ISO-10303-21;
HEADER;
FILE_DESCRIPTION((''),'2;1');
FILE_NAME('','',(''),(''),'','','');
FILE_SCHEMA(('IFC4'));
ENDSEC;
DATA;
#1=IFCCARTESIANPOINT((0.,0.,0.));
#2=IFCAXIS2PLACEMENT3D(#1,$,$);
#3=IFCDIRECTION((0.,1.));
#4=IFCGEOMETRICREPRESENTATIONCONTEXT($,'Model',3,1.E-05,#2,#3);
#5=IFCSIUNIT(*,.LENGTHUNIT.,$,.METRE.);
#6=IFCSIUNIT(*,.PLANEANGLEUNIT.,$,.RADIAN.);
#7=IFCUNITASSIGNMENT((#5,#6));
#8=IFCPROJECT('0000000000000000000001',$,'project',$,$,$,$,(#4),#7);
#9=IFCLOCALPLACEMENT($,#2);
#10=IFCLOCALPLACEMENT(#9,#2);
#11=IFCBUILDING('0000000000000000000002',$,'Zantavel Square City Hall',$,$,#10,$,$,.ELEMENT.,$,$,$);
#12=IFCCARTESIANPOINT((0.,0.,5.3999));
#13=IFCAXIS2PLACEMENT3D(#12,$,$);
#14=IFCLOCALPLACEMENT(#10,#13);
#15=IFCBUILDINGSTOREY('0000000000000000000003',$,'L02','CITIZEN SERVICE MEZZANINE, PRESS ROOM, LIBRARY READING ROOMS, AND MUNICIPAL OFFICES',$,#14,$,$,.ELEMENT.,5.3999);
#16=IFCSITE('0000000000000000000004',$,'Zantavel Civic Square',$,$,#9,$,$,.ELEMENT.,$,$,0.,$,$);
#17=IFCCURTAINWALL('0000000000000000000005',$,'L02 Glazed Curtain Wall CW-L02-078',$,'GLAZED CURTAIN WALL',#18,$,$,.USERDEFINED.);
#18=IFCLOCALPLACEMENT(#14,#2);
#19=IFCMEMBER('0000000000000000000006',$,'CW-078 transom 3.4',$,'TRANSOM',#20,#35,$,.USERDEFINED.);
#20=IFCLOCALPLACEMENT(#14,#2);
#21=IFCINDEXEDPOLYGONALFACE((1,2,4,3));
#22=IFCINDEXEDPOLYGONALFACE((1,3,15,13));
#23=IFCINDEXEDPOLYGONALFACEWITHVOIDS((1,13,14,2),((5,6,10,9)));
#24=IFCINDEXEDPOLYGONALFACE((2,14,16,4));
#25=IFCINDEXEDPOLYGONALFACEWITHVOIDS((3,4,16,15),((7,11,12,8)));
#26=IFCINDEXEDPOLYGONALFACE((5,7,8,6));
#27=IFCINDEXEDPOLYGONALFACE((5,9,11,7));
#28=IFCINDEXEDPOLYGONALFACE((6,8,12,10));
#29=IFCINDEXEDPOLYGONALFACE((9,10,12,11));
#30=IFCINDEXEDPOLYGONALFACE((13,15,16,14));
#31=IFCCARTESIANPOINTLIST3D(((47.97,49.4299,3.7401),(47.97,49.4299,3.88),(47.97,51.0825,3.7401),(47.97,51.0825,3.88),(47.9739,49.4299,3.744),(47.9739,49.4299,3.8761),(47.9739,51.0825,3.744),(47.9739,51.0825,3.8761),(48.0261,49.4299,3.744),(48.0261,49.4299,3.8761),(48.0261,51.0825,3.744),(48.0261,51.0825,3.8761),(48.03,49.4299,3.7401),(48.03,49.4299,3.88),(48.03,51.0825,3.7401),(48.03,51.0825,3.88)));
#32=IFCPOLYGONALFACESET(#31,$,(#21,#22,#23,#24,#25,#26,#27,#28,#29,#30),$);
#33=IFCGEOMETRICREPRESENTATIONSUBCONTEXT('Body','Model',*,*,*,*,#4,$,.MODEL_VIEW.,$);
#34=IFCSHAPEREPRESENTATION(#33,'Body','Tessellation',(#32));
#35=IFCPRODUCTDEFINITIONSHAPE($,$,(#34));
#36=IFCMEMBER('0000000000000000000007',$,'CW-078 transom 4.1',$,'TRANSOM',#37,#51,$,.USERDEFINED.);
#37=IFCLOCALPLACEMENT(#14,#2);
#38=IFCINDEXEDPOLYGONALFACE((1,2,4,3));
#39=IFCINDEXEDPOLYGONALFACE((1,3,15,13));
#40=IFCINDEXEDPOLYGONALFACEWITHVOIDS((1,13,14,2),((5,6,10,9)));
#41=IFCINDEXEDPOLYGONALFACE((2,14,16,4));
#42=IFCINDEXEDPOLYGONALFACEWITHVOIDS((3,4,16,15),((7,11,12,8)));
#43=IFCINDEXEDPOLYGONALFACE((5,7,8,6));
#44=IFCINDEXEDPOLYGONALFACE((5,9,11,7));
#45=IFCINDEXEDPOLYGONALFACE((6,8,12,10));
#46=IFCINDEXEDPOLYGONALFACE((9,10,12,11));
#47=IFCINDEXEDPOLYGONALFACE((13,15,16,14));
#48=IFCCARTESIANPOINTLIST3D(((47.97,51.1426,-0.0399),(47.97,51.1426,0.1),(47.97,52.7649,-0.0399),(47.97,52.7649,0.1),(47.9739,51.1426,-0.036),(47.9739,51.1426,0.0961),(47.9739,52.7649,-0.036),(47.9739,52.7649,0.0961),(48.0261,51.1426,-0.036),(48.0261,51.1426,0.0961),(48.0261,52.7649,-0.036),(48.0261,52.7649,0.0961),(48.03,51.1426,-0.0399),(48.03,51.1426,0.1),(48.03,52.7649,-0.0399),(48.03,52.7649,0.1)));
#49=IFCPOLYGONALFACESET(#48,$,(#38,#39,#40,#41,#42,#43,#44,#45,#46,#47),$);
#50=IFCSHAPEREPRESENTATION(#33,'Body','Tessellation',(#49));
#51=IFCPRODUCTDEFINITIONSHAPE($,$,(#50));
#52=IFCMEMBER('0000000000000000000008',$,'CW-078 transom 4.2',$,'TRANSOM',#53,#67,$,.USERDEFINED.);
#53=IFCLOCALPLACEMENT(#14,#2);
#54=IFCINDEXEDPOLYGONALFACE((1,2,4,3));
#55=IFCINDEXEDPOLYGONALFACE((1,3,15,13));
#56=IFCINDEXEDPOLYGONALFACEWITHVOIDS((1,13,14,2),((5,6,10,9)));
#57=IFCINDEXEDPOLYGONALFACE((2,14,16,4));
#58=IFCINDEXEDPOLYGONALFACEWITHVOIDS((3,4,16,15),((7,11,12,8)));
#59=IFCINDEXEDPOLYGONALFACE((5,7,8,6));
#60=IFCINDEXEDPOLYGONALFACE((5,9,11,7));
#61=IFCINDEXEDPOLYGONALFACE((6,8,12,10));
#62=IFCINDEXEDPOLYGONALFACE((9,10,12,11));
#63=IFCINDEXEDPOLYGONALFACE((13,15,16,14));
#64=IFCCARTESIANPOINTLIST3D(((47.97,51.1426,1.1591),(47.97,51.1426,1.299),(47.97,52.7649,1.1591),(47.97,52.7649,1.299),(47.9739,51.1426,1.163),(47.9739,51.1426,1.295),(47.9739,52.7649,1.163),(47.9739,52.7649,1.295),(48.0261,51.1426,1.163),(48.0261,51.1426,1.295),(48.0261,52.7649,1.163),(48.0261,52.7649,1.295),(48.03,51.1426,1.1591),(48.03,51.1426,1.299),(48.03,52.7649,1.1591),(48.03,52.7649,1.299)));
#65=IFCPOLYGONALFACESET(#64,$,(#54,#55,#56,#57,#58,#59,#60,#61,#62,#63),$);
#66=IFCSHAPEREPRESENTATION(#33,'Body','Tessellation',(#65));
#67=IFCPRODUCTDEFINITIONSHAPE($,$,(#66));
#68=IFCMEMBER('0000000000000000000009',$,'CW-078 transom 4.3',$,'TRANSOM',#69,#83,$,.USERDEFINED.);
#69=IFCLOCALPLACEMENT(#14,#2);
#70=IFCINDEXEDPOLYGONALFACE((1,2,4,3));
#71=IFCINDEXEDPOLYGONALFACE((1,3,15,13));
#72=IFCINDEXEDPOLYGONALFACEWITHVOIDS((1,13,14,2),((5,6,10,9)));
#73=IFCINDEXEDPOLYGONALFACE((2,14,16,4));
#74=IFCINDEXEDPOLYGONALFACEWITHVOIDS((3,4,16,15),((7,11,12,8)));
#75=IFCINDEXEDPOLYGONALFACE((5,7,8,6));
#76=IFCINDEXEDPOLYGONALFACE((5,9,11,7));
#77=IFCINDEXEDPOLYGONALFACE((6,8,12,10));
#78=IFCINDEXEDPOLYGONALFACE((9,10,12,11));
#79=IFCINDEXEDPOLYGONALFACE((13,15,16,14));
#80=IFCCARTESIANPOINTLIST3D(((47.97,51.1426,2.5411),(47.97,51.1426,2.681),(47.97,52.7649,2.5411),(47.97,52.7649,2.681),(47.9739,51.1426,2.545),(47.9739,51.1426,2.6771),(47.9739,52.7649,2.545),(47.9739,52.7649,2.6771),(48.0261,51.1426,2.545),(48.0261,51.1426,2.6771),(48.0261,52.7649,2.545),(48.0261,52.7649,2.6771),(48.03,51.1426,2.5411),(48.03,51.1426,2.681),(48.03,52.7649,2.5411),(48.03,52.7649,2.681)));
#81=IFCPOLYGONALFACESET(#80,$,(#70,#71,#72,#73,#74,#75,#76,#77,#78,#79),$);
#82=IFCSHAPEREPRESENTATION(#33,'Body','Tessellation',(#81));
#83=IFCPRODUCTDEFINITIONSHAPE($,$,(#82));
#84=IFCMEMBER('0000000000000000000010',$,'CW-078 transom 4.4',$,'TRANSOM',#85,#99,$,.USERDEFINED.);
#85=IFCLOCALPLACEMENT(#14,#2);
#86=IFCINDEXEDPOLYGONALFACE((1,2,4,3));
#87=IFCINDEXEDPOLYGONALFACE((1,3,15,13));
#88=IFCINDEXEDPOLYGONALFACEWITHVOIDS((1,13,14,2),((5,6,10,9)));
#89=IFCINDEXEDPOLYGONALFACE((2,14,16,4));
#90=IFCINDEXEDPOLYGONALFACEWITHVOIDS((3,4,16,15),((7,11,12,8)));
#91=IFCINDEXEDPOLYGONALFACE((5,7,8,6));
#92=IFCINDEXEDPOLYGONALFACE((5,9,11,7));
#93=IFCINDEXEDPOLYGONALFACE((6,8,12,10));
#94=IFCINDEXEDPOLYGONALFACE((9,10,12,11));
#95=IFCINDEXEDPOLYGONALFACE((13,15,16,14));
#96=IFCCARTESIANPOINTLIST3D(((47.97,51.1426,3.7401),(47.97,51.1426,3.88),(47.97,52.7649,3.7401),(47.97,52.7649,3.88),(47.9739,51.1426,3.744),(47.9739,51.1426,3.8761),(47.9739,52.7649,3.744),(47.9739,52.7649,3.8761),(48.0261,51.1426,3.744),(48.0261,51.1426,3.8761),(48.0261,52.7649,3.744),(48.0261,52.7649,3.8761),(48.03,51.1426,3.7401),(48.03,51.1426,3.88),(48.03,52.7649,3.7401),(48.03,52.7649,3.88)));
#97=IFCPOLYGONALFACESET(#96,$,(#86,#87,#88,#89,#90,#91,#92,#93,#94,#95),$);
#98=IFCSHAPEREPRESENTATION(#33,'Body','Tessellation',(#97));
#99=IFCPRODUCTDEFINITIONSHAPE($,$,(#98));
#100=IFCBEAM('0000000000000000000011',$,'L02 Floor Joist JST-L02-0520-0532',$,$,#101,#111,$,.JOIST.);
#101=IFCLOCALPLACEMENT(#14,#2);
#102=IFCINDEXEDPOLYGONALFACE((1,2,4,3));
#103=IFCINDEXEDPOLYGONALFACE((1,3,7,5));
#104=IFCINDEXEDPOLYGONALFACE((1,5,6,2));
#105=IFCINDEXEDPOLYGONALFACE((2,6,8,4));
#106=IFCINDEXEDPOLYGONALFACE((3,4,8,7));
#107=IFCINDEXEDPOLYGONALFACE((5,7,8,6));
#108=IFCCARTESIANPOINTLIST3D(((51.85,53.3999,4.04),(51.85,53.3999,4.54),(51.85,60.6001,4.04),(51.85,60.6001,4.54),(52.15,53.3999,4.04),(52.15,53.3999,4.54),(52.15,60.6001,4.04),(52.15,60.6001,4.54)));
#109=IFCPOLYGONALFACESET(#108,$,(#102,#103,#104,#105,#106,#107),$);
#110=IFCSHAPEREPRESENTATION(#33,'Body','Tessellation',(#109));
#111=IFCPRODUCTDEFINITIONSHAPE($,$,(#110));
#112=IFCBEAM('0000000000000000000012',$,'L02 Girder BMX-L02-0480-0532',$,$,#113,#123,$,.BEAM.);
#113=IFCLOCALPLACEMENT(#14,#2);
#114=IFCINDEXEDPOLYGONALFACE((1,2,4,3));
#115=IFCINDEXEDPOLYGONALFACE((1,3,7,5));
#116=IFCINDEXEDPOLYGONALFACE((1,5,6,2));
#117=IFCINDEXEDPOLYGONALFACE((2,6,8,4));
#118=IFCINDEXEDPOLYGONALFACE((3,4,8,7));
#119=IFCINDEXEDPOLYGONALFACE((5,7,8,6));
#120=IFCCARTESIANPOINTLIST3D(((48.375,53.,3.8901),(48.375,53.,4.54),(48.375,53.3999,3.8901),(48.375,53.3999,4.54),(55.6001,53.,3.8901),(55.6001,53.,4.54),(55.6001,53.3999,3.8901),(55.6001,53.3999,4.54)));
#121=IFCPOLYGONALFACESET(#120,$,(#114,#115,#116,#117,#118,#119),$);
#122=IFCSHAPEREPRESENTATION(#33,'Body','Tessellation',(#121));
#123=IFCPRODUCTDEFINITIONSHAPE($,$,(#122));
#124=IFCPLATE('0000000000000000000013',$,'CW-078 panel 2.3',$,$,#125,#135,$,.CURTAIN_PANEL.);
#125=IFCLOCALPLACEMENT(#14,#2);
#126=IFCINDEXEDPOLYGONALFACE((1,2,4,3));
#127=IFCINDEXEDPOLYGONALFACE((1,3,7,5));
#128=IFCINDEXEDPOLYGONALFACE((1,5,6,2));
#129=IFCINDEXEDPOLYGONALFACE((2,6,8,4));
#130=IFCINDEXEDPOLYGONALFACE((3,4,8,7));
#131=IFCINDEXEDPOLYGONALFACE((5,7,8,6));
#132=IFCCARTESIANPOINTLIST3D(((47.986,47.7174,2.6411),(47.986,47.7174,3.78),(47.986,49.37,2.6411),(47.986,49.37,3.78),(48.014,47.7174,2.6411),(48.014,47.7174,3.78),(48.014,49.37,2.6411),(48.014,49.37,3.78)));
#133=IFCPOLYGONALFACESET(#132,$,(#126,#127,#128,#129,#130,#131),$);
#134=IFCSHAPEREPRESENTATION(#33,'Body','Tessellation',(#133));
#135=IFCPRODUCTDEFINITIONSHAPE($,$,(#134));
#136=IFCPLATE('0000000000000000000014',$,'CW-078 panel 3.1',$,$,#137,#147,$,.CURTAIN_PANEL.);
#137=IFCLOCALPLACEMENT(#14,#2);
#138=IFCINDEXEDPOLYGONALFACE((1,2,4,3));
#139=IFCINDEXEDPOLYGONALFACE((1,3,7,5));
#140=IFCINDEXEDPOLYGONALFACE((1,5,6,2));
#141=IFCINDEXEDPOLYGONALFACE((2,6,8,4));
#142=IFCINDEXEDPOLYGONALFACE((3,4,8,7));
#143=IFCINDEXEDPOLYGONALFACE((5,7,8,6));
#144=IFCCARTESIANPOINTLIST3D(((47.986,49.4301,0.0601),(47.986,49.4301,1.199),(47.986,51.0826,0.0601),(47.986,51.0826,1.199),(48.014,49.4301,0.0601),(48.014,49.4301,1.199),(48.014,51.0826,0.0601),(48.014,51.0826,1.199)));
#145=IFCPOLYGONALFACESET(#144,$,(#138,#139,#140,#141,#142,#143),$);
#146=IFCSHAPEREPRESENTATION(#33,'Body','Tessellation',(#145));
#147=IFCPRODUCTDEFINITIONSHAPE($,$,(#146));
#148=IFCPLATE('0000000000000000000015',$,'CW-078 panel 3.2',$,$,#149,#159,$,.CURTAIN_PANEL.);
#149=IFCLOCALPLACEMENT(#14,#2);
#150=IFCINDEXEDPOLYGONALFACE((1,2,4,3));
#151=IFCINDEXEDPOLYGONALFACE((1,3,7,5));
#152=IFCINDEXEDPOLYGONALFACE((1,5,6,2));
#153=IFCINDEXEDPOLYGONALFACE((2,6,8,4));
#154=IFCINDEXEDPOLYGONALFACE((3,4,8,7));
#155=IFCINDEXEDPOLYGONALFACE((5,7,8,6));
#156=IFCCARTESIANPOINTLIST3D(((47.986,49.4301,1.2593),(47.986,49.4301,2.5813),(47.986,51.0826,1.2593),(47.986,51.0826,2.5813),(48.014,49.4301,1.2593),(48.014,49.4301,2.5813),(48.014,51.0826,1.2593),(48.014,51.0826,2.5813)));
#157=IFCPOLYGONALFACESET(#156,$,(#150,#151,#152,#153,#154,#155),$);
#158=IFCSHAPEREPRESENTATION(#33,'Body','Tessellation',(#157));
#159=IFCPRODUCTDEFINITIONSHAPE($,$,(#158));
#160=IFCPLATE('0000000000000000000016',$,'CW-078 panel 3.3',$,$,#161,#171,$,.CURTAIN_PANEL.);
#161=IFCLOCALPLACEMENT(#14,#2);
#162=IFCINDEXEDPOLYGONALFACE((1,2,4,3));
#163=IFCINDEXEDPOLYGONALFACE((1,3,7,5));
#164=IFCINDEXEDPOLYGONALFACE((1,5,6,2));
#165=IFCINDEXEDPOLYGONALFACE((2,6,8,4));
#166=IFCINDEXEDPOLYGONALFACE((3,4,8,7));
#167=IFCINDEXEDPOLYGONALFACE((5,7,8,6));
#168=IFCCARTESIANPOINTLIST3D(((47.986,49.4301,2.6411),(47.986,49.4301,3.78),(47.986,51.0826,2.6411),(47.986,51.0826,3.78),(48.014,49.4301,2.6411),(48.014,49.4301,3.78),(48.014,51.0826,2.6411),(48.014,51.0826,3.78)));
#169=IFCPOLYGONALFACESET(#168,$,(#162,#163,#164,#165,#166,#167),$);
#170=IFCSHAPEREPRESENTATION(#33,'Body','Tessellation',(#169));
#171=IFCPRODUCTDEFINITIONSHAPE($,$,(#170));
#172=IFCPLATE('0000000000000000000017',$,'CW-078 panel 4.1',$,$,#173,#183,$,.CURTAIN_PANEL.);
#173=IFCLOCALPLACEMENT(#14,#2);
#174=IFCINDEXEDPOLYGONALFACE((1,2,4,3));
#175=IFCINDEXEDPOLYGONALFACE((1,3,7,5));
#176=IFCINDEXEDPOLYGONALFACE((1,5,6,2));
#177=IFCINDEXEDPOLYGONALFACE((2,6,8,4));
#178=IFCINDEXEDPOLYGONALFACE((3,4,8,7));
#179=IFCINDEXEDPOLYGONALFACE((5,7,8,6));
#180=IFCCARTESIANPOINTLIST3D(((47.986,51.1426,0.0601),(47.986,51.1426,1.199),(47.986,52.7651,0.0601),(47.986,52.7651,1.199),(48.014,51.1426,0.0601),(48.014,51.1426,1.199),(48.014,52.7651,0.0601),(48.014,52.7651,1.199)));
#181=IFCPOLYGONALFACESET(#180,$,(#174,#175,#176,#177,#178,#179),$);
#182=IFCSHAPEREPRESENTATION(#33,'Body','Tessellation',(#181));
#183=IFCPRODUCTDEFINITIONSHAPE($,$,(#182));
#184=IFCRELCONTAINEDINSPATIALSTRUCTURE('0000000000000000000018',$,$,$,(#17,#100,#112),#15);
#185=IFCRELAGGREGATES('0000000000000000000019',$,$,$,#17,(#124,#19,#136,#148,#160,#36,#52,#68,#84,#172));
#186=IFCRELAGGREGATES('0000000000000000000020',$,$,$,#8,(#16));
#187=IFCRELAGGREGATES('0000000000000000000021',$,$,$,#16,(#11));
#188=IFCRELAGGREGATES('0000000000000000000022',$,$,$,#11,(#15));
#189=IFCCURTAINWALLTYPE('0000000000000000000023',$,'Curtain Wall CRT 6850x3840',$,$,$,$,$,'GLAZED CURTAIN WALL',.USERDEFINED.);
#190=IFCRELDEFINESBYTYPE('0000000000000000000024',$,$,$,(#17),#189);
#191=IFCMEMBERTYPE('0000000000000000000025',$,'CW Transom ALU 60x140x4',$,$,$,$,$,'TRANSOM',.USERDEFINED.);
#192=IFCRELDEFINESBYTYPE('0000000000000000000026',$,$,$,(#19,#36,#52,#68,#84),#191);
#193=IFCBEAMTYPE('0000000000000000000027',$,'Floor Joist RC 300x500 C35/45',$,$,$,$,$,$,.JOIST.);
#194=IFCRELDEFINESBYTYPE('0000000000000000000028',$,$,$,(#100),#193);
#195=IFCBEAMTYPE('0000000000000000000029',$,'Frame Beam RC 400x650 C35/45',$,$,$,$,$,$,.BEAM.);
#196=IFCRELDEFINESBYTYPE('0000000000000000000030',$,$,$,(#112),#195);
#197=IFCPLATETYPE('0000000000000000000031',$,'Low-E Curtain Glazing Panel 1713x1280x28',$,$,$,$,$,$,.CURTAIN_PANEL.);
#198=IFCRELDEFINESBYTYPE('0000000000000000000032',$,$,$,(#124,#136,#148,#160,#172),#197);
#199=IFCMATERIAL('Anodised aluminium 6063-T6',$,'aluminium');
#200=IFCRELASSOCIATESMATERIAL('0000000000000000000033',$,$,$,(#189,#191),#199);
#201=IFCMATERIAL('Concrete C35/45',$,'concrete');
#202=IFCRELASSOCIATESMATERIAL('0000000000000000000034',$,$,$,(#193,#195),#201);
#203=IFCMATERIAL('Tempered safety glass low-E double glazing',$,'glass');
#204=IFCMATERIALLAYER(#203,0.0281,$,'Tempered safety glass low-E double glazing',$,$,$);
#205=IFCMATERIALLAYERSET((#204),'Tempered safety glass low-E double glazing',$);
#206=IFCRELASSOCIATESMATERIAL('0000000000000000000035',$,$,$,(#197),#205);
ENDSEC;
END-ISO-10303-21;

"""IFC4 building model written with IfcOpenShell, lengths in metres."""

from ifc_helpers import new_model, si_unit, direction, frame, origin, origin_2d, place, context, subcontext, project, spatial, rectangle, hollow_rectangle, extrude, material, layer, layer_set, material_profile, profile_set, type_object, element, aggregate, save


model = new_model("IFC4")

# Units and contexts
model_context = context("Model", 3, precision=1e-05, world=origin(), true_north=direction((0.0, 1.0)))
body_context = subcontext(model_context, "Body", "Model", "MODEL_VIEW")
ifc_project = project(units=[si_unit("LENGTHUNIT", "METRE"), si_unit("PLANEANGLEUNIT", "RADIAN")], contexts=[model_context])

# Site, building, storey
site_placement = place(None, origin())
site = spatial("IfcSite", under=ifc_project, at=site_placement, Name="Zantavel Civic Square", CompositionType="ELEMENT", RefElevation=0.0)
building_placement = place(site_placement, origin())
building = spatial("IfcBuilding", under=site, at=building_placement, Name="Zantavel Square City Hall", CompositionType="ELEMENT")
storey_placement = place(building_placement, frame((0.0, 0.0, 5.3999)))
storey = spatial("IfcBuildingStorey", under=building, at=storey_placement, Name="L02", Description="CITIZEN SERVICE MEZZANINE, PRESS ROOM, LIBRARY READING ROOMS, AND MUNICIPAL OFFICES", CompositionType="ELEMENT", Elevation=5.3999)

# Curtain wall, members
ifc_material_1 = material(Name="Anodised aluminium 6063-T6", Category="aluminium")
curtain_wall_type = type_object("IfcCurtainWallType", Name="Curtain Wall CRT 6850x3840", ElementType="GLAZED CURTAIN WALL", PredefinedType="USERDEFINED", material=ifc_material_1)
curtain_wall_placement = place(storey_placement, origin())
curtain_wall = element("IfcCurtainWall", 1, at=curtain_wall_placement, inside=storey, type_object=curtain_wall_type, Name="L02 Glazed Curtain Wall CW-L02-078", ObjectType="GLAZED CURTAIN WALL", PredefinedType="USERDEFINED")
ifc_material_profile_1 = material_profile(ifc_material_1, hollow_rectangle(XDim=0.0601, YDim=0.1399, WallThickness=0.0039, at=origin_2d()), Name="ALU 60x140x4")
ifc_profile_set_1 = profile_set([ifc_material_profile_1], Name="Anodised aluminium 6063-T6")
member_type_1 = type_object("IfcMemberType", Name="CW Transom ALU 60x140x4", ElementType="TRANSOM", PredefinedType="USERDEFINED", material=ifc_profile_set_1)
member_1_placement = place(storey_placement, frame((48.0, 49.4299, 3.8101), z_axis=(0.0, 1.0, 0.0), x_axis=(-1.0, 0.0, 0.0)))
member_1 = element("IfcMember", 2, at=member_1_placement, type_object=member_type_1, Name="CW-078 transom 3.4", ObjectType="TRANSOM", PredefinedType="USERDEFINED", context=body_context, shape_type="SweptSolid", body=[
    extrude(hollow_rectangle(XDim=0.0601, YDim=0.1399, WallThickness=0.0039, at=origin_2d()), origin(), (0.0, 0.0, 1.0), 1.6526),
])
member_2_placement = place(storey_placement, frame((48.0, 51.1426, 0.03), z_axis=(0.0, 1.0, 0.0), x_axis=(-1.0, 0.0, 0.0)))
member_2 = element("IfcMember", 3, at=member_2_placement, type_object=member_type_1, Name="CW-078 transom 4.1", ObjectType="TRANSOM", PredefinedType="USERDEFINED", context=body_context, shape_type="SweptSolid", body=[
    extrude(hollow_rectangle(XDim=0.0601, YDim=0.1399, WallThickness=0.0039, at=origin_2d()), origin(), (0.0, 0.0, 1.0), 1.6223),
])
member_3_placement = place(storey_placement, frame((48.0, 51.1426, 1.229), z_axis=(0.0, 1.0, 0.0), x_axis=(-1.0, 0.0, 0.0)))
member_3 = element("IfcMember", 4, at=member_3_placement, type_object=member_type_1, Name="CW-078 transom 4.2", ObjectType="TRANSOM", PredefinedType="USERDEFINED", context=body_context, shape_type="SweptSolid", body=[
    extrude(hollow_rectangle(XDim=0.0601, YDim=0.1399, WallThickness=0.0039, at=origin_2d()), origin(), (0.0, 0.0, 1.0), 1.6223),
])
member_4_placement = place(storey_placement, frame((48.0, 51.1426, 2.6111), z_axis=(0.0, 1.0, 0.0), x_axis=(-1.0, 0.0, 0.0)))
member_4 = element("IfcMember", 5, at=member_4_placement, type_object=member_type_1, Name="CW-078 transom 4.3", ObjectType="TRANSOM", PredefinedType="USERDEFINED", context=body_context, shape_type="SweptSolid", body=[
    extrude(hollow_rectangle(XDim=0.0601, YDim=0.1399, WallThickness=0.0039, at=origin_2d()), origin(), (0.0, 0.0, 1.0), 1.6223),
])
member_5_placement = place(storey_placement, frame((48.0, 51.1426, 3.8101), z_axis=(0.0, 1.0, 0.0), x_axis=(-1.0, 0.0, 0.0)))
member_5 = element("IfcMember", 6, at=member_5_placement, type_object=member_type_1, Name="CW-078 transom 4.4", ObjectType="TRANSOM", PredefinedType="USERDEFINED", context=body_context, shape_type="SweptSolid", body=[
    extrude(hollow_rectangle(XDim=0.0601, YDim=0.1399, WallThickness=0.0039, at=origin_2d()), origin(), (0.0, 0.0, 1.0), 1.6223),
])

# Beams
ifc_material_2 = material(Name="Concrete C35/45", Category="concrete")
ifc_material_profile_2 = material_profile(ifc_material_2, rectangle(XDim=0.3, YDim=0.5, at=origin_2d()), Name="RC 300x500")
ifc_profile_set_2 = profile_set([ifc_material_profile_2], Name="Concrete C35/45")
beam_type_1 = type_object("IfcBeamType", Name="Floor Joist RC 300x500 C35/45", PredefinedType="JOIST", material=ifc_profile_set_2)
beam_1_placement = place(storey_placement, frame((52.0, 53.3999, 4.29), z_axis=(0.0, 1.0, 0.0), x_axis=(-1.0, 0.0, 0.0)))
element("IfcBeam", 7, at=beam_1_placement, inside=storey, type_object=beam_type_1, Name="L02 Floor Joist JST-L02-0520-0532", PredefinedType="JOIST", context=body_context, shape_type="SweptSolid", body=[
    extrude(rectangle(XDim=0.3, YDim=0.5, at=origin_2d()), origin(), (0.0, 0.0, 1.0), 7.2002),
])
ifc_material_profile_3 = material_profile(ifc_material_2, rectangle(XDim=0.3999, YDim=0.6499, at=origin_2d()), Name="RC 400x650")
ifc_profile_set_3 = profile_set([ifc_material_profile_3], Name="Concrete C35/45")
beam_type_2 = type_object("IfcBeamType", Name="Frame Beam RC 400x650 C35/45", PredefinedType="BEAM", material=ifc_profile_set_3)
beam_2_placement = place(storey_placement, frame((48.375, 53.2, 4.2151), z_axis=(1.0, 0.0, 0.0), x_axis=(0.0, 1.0, 0.0)))
element("IfcBeam", 8, at=beam_2_placement, inside=storey, type_object=beam_type_2, Name="L02 Girder BMX-L02-0480-0532", PredefinedType="BEAM", context=body_context, shape_type="SweptSolid", body=[
    extrude(rectangle(XDim=0.3999, YDim=0.6499, at=origin_2d()), origin(), (0.0, 0.0, 1.0), 7.2251),
])

# Plates
ifc_material_3 = material(Name="Tempered safety glass low-E double glazing", Category="glass")
ifc_layer = layer(ifc_material_3, 0.0281, Name="Tempered safety glass low-E double glazing")
ifc_layer_set = layer_set([ifc_layer], Name="Tempered safety glass low-E double glazing")
plate_type = type_object("IfcPlateType", Name="Low-E Curtain Glazing Panel 1713x1280x28", PredefinedType="CURTAIN_PANEL", material=ifc_layer_set)
plate_1_placement = place(storey_placement, frame((48.0, 48.5437, 2.6411), z_axis=(0.0, 0.0, 1.0), x_axis=(0.0, 1.0, 0.0)))
plate_1 = element("IfcPlate", 9, at=plate_1_placement, type_object=plate_type, Name="CW-078 panel 2.3", PredefinedType="CURTAIN_PANEL", context=body_context, shape_type="SweptSolid", body=[
    extrude(rectangle(XDim=1.6526, YDim=0.0281, at=origin_2d()), origin(), (0.0, 0.0, 1.0), 1.1389),
])
plate_2_placement = place(storey_placement, frame((48.0, 50.2563, 0.0601), z_axis=(0.0, 0.0, 1.0), x_axis=(0.0, 1.0, 0.0)))
plate_2 = element("IfcPlate", 10, at=plate_2_placement, type_object=plate_type, Name="CW-078 panel 3.1", PredefinedType="CURTAIN_PANEL", context=body_context, shape_type="SweptSolid", body=[
    extrude(rectangle(XDim=1.6526, YDim=0.0281, at=origin_2d()), origin(), (0.0, 0.0, 1.0), 1.1389),
])
plate_3_placement = place(storey_placement, frame((48.0, 50.2563, 1.2593), z_axis=(0.0, 0.0, 1.0), x_axis=(0.0, 1.0, 0.0)))
plate_3 = element("IfcPlate", 11, at=plate_3_placement, type_object=plate_type, Name="CW-078 panel 3.2", PredefinedType="CURTAIN_PANEL", context=body_context, shape_type="SweptSolid", body=[
    extrude(rectangle(XDim=1.6526, YDim=0.0281, at=origin_2d()), origin(), (0.0, 0.0, 1.0), 1.322),
])
plate_4_placement = place(storey_placement, frame((48.0, 50.2563, 2.6411), z_axis=(0.0, 0.0, 1.0), x_axis=(0.0, 1.0, 0.0)))
plate_4 = element("IfcPlate", 12, at=plate_4_placement, type_object=plate_type, Name="CW-078 panel 3.3", PredefinedType="CURTAIN_PANEL", context=body_context, shape_type="SweptSolid", body=[
    extrude(rectangle(XDim=1.6526, YDim=0.0281, at=origin_2d()), origin(), (0.0, 0.0, 1.0), 1.1389),
])
plate_5_placement = place(storey_placement, frame((48.0, 51.9539, 0.0601), z_axis=(0.0, 0.0, 1.0), x_axis=(0.0, 1.0, 0.0)))
plate_5 = element("IfcPlate", 13, at=plate_5_placement, type_object=plate_type, Name="CW-078 panel 4.1", PredefinedType="CURTAIN_PANEL", context=body_context, shape_type="SweptSolid", body=[
    extrude(rectangle(XDim=1.6226, YDim=0.0281, at=origin_2d()), origin(), (0.0, 0.0, 1.0), 1.1389),
])
aggregate(curtain_wall, [plate_1, member_1, plate_2, plate_3, plate_4, member_2, member_3, member_4, member_5, plate_5])

save(model, "model.ifc")
